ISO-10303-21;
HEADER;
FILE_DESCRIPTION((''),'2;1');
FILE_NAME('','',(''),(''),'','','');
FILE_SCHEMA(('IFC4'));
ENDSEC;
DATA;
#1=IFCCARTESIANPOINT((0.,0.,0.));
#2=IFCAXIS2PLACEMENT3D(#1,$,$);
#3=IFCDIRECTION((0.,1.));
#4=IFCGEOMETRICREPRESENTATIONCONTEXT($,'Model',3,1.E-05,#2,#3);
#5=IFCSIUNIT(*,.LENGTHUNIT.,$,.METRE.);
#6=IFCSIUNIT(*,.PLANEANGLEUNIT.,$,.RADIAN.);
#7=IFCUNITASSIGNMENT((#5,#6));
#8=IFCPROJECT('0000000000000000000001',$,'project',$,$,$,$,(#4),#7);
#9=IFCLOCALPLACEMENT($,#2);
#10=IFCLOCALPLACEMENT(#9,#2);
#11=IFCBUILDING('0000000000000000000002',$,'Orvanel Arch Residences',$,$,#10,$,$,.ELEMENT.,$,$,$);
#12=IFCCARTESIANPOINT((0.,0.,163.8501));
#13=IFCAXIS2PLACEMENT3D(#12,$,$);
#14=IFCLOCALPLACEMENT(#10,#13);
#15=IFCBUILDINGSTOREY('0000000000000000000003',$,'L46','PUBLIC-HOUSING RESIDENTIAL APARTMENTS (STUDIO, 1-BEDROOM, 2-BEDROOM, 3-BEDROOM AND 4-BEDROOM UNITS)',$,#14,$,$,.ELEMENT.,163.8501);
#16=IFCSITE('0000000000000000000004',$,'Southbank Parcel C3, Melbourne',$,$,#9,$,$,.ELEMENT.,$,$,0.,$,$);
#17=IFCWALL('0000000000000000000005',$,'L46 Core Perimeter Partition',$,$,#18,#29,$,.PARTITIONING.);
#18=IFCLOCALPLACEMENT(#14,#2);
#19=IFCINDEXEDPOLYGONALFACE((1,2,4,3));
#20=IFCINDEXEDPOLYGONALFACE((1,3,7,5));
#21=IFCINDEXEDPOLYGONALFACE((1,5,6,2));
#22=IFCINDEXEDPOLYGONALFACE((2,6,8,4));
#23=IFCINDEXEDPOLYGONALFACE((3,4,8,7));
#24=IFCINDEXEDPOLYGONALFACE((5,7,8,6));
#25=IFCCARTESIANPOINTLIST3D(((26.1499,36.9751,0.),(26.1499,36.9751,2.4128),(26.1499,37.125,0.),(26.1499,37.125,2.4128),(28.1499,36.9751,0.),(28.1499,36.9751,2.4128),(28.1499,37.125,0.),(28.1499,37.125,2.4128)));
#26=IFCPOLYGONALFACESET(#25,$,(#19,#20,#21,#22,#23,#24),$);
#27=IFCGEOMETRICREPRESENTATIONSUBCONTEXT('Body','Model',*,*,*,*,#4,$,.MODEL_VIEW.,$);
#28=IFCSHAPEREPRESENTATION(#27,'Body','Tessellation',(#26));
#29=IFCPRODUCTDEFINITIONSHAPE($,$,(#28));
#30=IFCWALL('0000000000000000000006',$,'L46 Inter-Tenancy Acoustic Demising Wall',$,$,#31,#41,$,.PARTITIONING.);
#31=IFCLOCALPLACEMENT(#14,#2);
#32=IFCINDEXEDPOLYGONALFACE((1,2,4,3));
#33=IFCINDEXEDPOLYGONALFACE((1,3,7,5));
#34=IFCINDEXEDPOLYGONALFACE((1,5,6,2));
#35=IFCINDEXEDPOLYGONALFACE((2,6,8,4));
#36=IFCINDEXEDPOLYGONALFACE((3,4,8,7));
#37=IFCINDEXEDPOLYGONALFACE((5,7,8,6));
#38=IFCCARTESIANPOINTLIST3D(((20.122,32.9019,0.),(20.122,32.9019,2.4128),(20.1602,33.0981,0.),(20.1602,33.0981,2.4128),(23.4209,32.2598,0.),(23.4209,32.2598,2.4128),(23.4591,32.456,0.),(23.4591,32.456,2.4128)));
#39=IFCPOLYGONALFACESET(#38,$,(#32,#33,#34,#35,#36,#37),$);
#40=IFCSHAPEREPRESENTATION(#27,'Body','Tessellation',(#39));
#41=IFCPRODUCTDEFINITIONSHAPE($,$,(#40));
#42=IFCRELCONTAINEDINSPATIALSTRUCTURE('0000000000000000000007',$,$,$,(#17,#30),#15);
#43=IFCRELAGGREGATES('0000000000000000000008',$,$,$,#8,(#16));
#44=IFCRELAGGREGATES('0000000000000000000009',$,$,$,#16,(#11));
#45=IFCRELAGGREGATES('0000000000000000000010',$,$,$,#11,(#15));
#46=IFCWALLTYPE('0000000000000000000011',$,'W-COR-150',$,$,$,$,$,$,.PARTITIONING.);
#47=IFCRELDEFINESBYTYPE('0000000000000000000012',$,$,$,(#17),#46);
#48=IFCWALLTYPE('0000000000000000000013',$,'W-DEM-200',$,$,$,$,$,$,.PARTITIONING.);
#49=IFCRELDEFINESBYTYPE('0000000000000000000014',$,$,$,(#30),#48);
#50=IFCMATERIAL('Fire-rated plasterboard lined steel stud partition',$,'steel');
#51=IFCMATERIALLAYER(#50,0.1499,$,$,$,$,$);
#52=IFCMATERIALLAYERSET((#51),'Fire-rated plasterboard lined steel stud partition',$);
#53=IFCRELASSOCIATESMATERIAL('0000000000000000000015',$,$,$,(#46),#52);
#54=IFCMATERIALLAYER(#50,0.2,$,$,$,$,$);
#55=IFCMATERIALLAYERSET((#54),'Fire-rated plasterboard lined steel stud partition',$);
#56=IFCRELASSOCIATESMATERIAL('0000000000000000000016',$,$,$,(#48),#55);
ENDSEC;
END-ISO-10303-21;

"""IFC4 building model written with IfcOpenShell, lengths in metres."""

from ifc_helpers import new_model, si_unit, direction, frame, frame_2d, origin, place, context, subcontext, project, spatial, rectangle, extrude, material, layer, layer_set, type_object, element, save


model = new_model("IFC4")

# Units and contexts
model_context = context("Model", 3, precision=1e-05, world=origin(), true_north=direction((0.0, 1.0)))
body_context = subcontext(model_context, "Body", "Model", "MODEL_VIEW")
ifc_project = project(units=[si_unit("LENGTHUNIT", "METRE"), si_unit("PLANEANGLEUNIT", "RADIAN")], contexts=[model_context])

# Site, building, storey
site_placement = place(None, origin())
site = spatial("IfcSite", under=ifc_project, at=site_placement, Name="Southbank Parcel C3, Melbourne", CompositionType="ELEMENT", RefElevation=0.0)
building_placement = place(site_placement, origin())
building = spatial("IfcBuilding", under=site, at=building_placement, Name="Orvanel Arch Residences", CompositionType="ELEMENT")
storey_placement = place(building_placement, frame((0.0, 0.0, 163.8501)))
storey = spatial("IfcBuildingStorey", under=building, at=storey_placement, Name="L46", Description="PUBLIC-HOUSING RESIDENTIAL APARTMENTS (STUDIO, 1-BEDROOM, 2-BEDROOM, 3-BEDROOM AND 4-BEDROOM UNITS)", CompositionType="ELEMENT", Elevation=163.8501)

# Walls
ifc_material_1 = material(Name="Fire-rated plasterboard lined steel stud partition", Category="steel")
ifc_layer_1 = layer(ifc_material_1, 0.1499)
ifc_layer_set_1 = layer_set([ifc_layer_1], Name="Fire-rated plasterboard lined steel stud partition")
wall_type_1 = type_object("IfcWallType", Name="W-COR-150", PredefinedType="PARTITIONING", material=ifc_layer_set_1)
wall_1_placement = place(storey_placement, frame((26.1499, 37.05, 0.0), z_axis=(0.0, 0.0, 1.0), x_axis=(1.0, 0.0, 0.0)))
element("IfcWall", 1, at=wall_1_placement, inside=storey, type_object=wall_type_1, Name="L46 Core Perimeter Partition", PredefinedType="PARTITIONING", context=body_context, shape_type="SweptSolid", body=[
    extrude(rectangle(XDim=2.0, YDim=0.1499, at=frame_2d((1.0, 0.0))), origin(), (0.0, 0.0, 1.0), 2.4128),
])
ifc_layer_2 = layer(ifc_material_1, 0.2)
ifc_layer_set_2 = layer_set([ifc_layer_2], Name="Fire-rated plasterboard lined steel stud partition")
wall_type_2 = type_object("IfcWallType", Name="W-DEM-200", PredefinedType="PARTITIONING", material=ifc_layer_set_2)
wall_2_placement = place(storey_placement, frame((20.1411, 33.0, 0.0), z_axis=(0.0, 0.0, 1.0), x_axis=(0.981579, -0.191056, 0.0)))
element("IfcWall", 2, at=wall_2_placement, inside=storey, type_object=wall_type_2, Name="L46 Inter-Tenancy Acoustic Demising Wall", PredefinedType="PARTITIONING", context=body_context, shape_type="SweptSolid", body=[
    extrude(rectangle(XDim=3.3608, YDim=0.2, at=frame_2d((1.6804, 0.0))), origin(), (0.0, 0.0, 1.0), 2.4128),
])

save(model, "model.ifc")
